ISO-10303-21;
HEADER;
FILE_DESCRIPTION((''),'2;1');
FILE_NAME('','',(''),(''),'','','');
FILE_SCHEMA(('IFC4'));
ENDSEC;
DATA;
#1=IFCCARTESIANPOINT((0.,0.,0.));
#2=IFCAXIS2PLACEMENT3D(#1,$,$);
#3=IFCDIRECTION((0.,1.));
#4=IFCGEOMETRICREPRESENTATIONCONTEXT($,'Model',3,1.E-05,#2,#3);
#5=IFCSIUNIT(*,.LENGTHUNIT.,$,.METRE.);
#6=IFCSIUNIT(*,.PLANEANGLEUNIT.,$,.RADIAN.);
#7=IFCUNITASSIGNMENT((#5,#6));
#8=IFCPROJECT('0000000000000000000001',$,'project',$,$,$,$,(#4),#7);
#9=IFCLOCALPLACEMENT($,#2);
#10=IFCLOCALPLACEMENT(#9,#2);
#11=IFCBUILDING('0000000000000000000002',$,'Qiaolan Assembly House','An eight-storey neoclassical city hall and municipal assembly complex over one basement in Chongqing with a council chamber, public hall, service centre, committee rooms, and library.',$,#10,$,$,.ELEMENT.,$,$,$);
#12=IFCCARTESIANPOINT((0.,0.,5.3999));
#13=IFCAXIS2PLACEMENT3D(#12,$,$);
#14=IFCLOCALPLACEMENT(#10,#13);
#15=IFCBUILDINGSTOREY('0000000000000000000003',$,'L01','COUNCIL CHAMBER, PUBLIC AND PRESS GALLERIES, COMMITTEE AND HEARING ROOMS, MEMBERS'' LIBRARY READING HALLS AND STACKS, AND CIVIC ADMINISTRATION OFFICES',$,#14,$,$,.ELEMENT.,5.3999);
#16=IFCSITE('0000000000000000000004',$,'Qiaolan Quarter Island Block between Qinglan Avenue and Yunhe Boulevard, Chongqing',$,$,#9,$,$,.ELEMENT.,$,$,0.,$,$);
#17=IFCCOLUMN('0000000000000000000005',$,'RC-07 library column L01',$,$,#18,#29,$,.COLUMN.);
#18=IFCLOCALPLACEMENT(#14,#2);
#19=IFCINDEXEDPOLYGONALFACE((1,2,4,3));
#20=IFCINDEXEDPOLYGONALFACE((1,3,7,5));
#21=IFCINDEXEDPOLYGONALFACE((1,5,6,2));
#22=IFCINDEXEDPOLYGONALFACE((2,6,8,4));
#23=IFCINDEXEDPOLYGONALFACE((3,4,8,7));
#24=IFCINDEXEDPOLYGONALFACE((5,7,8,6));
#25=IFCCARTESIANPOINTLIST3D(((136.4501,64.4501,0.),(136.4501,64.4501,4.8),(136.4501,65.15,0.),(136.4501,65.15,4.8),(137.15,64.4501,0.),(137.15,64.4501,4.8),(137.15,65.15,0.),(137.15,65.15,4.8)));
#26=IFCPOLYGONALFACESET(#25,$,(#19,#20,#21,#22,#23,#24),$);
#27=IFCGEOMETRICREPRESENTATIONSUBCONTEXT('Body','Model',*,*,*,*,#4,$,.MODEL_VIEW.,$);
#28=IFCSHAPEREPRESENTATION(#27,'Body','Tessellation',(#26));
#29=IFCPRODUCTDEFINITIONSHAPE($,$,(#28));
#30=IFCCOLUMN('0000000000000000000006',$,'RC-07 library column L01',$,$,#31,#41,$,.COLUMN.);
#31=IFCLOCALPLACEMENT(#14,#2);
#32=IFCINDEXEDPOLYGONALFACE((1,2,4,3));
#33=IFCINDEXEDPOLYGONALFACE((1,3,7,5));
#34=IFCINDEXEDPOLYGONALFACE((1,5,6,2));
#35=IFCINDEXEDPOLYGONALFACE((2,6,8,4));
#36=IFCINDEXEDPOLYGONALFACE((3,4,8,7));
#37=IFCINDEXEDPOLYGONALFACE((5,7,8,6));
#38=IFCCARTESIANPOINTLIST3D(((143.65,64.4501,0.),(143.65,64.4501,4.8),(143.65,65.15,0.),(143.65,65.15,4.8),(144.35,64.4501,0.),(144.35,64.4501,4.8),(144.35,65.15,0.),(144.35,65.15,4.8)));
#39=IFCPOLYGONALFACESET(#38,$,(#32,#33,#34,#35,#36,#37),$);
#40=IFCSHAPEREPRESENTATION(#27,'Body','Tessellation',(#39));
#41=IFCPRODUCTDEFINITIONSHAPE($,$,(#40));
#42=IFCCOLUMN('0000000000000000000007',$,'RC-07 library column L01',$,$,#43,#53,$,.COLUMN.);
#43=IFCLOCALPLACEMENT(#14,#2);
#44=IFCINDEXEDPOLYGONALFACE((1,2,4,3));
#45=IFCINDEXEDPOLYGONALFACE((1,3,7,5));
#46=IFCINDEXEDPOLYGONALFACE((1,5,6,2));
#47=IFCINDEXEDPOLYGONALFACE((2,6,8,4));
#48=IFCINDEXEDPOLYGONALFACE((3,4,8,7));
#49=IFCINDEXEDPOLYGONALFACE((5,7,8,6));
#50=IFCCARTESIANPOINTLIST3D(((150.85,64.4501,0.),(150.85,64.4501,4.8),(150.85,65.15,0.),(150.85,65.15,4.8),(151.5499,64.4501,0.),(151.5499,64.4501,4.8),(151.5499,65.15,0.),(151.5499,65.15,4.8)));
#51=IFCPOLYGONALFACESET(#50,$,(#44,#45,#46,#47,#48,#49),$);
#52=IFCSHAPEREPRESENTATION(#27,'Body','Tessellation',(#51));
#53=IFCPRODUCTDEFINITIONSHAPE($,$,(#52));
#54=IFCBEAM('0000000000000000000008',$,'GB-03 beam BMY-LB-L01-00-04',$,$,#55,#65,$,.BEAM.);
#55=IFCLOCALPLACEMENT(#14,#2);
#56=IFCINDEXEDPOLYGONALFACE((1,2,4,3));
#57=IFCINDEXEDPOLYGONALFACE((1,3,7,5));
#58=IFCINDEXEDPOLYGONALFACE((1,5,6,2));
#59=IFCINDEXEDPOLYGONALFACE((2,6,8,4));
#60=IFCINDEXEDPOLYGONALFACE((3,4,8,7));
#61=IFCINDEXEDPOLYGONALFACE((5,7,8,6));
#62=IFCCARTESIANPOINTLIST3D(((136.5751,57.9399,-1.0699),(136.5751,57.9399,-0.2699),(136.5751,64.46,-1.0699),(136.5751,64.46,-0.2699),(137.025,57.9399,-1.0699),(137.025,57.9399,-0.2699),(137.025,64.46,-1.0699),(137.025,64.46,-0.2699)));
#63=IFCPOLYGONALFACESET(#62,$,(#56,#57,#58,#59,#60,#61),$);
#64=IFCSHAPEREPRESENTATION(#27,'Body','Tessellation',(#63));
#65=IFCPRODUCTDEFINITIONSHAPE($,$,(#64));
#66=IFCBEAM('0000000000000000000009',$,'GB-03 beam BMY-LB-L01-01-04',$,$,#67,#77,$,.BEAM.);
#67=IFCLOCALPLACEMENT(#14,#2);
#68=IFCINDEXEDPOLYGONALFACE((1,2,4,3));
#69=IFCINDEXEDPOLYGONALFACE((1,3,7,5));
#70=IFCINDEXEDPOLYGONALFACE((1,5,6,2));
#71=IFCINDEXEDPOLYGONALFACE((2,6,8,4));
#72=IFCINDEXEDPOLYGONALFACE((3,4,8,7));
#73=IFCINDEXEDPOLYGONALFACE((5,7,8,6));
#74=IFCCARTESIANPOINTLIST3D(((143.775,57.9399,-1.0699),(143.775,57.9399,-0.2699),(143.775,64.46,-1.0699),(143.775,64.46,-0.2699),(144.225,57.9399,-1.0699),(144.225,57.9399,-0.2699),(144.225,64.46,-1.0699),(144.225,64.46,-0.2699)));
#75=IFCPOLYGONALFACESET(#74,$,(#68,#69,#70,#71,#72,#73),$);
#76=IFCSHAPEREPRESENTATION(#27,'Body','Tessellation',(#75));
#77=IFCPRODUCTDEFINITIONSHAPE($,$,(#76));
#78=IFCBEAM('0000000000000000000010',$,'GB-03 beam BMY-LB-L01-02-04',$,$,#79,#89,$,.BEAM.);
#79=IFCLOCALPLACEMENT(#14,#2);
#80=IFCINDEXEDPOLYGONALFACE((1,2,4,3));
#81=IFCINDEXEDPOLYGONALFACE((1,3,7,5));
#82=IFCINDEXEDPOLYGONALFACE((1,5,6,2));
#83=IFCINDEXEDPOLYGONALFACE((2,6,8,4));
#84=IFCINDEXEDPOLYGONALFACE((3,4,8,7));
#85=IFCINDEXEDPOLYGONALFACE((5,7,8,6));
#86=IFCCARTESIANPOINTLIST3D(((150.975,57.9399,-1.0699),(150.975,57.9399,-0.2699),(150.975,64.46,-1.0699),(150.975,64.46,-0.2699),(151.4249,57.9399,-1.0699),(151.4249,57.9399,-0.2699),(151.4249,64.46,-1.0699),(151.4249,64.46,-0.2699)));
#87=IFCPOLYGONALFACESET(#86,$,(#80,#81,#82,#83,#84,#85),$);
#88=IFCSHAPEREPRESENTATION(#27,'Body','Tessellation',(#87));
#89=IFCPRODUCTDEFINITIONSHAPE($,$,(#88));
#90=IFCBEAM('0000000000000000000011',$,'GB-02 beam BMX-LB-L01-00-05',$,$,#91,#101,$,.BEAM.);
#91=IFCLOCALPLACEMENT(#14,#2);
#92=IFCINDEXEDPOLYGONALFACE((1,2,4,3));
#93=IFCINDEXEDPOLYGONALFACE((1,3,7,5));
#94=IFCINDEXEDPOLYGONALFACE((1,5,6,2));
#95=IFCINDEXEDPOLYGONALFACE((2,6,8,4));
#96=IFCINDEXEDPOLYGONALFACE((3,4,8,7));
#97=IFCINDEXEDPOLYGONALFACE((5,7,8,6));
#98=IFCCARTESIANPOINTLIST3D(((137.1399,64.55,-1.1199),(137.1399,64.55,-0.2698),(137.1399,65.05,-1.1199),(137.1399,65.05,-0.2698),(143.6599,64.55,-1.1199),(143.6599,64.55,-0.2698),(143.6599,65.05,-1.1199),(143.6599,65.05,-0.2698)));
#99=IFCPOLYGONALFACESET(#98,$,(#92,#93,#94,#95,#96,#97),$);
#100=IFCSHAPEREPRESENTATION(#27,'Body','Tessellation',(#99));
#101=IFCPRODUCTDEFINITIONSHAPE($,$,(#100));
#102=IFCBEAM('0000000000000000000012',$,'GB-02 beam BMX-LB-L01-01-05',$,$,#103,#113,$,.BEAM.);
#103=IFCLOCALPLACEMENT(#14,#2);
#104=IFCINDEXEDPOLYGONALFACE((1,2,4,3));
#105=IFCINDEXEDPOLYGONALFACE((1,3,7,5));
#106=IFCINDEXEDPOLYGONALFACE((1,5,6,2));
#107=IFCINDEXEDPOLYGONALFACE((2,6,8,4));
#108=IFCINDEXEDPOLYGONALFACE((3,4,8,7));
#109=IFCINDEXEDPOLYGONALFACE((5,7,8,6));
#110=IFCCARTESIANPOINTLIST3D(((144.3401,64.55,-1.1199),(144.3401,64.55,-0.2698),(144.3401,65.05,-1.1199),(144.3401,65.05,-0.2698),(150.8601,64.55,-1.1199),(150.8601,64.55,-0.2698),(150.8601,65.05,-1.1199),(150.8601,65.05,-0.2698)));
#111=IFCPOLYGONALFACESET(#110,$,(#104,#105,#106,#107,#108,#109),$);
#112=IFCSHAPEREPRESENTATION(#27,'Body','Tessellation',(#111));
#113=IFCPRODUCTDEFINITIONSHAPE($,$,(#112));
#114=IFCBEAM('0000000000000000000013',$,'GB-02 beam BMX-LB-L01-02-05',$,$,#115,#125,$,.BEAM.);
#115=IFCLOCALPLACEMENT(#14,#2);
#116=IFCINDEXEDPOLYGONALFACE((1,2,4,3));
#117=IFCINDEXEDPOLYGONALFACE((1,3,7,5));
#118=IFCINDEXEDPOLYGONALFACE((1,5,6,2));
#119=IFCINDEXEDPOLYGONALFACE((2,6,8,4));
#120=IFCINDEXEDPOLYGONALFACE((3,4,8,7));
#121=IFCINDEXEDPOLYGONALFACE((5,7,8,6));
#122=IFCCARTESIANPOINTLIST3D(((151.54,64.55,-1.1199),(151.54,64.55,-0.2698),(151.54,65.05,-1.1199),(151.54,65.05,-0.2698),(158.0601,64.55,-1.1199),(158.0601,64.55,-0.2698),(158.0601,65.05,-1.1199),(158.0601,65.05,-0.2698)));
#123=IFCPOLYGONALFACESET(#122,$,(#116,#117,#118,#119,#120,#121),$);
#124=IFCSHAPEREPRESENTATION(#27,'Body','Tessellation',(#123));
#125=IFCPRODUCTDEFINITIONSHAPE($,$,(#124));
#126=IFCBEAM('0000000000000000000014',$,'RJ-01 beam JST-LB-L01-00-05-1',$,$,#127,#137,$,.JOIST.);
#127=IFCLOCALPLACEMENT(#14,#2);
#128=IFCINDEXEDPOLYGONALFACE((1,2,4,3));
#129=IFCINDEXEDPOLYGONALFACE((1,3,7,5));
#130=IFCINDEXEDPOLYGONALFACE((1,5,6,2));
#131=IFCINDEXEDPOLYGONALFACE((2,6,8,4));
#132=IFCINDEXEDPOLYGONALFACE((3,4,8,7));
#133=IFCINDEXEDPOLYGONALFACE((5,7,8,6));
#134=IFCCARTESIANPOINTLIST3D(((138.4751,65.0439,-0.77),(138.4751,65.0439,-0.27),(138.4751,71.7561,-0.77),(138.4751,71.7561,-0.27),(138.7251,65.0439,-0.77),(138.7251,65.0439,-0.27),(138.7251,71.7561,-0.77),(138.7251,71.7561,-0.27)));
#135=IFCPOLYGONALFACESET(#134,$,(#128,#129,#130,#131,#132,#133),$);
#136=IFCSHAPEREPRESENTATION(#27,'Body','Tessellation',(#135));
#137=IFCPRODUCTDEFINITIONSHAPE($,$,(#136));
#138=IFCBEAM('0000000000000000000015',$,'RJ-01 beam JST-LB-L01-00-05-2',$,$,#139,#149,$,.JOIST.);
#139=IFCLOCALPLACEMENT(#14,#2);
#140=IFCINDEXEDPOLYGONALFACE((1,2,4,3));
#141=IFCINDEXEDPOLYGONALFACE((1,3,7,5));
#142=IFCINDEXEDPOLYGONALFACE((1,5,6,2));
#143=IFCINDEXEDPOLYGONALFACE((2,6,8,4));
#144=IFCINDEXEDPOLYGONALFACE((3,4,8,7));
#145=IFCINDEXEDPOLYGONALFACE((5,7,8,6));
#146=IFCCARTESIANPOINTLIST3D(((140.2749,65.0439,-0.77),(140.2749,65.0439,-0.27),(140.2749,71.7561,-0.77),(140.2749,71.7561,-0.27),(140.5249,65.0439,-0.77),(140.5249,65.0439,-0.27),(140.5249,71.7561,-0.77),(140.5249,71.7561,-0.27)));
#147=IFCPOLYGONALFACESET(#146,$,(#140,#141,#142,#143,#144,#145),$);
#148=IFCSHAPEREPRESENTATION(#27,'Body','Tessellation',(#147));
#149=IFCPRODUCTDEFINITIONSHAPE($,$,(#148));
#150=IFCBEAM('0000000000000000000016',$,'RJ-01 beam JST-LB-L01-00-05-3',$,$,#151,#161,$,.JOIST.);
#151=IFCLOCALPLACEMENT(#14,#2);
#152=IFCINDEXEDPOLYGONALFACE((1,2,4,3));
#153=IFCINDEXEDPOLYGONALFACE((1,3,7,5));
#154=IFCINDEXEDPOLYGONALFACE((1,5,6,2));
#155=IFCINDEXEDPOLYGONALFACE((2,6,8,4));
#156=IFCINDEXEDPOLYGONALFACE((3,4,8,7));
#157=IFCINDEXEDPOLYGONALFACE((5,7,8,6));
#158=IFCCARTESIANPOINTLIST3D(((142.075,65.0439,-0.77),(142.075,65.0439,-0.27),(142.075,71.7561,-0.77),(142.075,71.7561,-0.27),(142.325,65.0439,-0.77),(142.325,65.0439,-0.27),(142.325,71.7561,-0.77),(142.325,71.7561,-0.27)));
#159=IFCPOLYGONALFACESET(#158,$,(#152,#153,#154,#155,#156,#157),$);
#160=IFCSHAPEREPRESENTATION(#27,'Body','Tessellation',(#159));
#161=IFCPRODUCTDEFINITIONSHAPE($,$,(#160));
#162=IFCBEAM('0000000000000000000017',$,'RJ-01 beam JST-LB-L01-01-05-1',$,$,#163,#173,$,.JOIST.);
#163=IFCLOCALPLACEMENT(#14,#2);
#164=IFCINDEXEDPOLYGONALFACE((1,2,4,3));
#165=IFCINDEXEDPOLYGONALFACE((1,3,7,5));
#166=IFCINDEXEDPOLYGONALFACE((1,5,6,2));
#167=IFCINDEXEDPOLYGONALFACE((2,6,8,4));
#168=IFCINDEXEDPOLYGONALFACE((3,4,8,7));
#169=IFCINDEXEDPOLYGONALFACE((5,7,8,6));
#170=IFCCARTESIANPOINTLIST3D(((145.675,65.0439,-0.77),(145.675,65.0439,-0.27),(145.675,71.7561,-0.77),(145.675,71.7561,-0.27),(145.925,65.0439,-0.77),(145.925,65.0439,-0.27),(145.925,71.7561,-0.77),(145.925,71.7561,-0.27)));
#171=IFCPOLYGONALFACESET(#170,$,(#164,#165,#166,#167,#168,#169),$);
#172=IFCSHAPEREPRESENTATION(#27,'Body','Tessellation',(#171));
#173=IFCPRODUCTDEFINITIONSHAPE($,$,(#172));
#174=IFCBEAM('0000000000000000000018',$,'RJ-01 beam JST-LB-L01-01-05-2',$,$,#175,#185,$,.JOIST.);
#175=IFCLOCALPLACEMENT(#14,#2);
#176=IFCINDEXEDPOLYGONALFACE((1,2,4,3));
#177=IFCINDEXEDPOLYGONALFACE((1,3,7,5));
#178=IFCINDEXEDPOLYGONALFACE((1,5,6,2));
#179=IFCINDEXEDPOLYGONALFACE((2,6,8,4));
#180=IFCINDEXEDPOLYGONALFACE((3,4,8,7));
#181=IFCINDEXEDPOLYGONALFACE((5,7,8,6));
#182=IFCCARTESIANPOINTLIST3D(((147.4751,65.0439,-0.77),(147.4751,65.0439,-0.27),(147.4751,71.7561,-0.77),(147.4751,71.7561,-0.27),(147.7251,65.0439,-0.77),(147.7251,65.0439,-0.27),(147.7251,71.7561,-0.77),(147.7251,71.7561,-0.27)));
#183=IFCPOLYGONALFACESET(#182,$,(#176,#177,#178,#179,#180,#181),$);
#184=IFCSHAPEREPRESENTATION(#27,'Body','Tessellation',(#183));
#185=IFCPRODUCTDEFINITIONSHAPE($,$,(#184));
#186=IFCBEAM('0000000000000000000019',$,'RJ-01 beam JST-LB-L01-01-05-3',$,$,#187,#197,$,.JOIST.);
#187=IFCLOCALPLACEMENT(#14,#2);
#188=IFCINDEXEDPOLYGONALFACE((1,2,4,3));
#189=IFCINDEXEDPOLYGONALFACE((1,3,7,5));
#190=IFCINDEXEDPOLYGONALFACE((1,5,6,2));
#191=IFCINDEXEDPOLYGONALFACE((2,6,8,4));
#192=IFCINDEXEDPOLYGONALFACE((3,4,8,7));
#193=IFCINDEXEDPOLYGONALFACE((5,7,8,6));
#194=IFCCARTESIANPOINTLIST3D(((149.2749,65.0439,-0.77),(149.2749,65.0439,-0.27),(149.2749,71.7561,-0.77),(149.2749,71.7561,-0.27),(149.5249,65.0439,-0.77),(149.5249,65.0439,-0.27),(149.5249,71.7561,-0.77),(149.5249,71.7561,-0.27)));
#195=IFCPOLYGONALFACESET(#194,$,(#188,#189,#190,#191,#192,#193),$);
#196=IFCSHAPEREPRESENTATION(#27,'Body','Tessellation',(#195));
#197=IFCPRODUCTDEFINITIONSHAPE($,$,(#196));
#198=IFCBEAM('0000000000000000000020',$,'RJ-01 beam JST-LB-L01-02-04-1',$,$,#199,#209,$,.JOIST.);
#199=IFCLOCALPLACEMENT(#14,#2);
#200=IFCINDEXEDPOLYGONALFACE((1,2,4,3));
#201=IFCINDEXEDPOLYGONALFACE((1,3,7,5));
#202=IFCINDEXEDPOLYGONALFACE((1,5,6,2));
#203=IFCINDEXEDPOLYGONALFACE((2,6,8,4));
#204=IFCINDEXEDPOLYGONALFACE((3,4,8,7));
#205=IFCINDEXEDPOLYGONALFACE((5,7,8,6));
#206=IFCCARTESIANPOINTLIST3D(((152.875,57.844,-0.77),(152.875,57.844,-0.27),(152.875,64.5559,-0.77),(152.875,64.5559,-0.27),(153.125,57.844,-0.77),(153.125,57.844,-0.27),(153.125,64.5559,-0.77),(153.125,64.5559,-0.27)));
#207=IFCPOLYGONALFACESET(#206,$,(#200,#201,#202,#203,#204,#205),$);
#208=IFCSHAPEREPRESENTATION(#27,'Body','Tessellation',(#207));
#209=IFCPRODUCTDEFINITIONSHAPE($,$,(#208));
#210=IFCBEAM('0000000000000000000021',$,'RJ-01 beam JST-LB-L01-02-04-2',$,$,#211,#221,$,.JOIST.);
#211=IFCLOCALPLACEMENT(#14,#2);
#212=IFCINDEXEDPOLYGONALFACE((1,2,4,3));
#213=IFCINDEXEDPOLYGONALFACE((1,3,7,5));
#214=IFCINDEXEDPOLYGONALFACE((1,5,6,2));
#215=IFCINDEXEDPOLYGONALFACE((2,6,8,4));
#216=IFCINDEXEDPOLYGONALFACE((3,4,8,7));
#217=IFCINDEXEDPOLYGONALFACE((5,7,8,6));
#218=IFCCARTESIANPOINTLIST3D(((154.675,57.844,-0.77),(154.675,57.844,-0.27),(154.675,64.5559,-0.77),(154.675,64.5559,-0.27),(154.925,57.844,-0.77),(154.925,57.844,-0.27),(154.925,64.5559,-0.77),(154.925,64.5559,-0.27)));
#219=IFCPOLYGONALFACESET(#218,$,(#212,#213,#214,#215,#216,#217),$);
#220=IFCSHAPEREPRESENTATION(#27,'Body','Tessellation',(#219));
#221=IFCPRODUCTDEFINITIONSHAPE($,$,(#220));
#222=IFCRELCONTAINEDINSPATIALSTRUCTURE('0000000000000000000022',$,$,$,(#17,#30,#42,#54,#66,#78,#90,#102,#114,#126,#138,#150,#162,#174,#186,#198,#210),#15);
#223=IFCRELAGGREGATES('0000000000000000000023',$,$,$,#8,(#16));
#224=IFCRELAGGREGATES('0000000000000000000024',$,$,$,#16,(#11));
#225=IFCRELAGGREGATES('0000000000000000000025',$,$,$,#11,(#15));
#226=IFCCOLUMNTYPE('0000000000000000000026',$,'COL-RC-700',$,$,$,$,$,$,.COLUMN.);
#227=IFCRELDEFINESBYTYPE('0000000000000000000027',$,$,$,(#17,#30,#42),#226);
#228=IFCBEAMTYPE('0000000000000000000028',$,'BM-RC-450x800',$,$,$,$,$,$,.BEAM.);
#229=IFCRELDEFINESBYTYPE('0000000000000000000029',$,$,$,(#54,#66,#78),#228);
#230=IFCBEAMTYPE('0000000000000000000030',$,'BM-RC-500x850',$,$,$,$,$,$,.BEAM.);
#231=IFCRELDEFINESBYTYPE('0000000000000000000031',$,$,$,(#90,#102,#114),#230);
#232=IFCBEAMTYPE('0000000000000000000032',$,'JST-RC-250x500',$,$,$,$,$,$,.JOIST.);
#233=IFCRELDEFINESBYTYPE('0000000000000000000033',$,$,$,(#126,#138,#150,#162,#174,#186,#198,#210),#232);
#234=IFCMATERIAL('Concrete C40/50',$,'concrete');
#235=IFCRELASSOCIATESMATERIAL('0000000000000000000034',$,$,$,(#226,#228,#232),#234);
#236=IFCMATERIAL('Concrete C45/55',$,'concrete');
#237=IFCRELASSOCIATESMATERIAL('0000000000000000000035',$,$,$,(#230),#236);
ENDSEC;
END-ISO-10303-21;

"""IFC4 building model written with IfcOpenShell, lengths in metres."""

from ifc_helpers import new_model, si_unit, direction, frame, origin, origin_2d, place, context, subcontext, project, spatial, rectangle, extrude, material, material_profile, profile_set, type_object, element, save


model = new_model("IFC4")

# Units and contexts
model_context = context("Model", 3, precision=1e-05, world=origin(), true_north=direction((0.0, 1.0)))
body_context = subcontext(model_context, "Body", "Model", "MODEL_VIEW")
ifc_project = project(units=[si_unit("LENGTHUNIT", "METRE"), si_unit("PLANEANGLEUNIT", "RADIAN")], contexts=[model_context])

# Site, building, storey
site_placement = place(None, origin())
site = spatial("IfcSite", under=ifc_project, at=site_placement, Name="Qiaolan Quarter Island Block between Qinglan Avenue and Yunhe Boulevard, Chongqing", CompositionType="ELEMENT", RefElevation=0.0)
building_placement = place(site_placement, origin())
building = spatial("IfcBuilding", under=site, at=building_placement, Name="Qiaolan Assembly House", Description="An eight-storey neoclassical city hall and municipal assembly complex over one basement in Chongqing with a council chamber, public hall, service centre, committee rooms, and library.", CompositionType="ELEMENT")
storey_placement = place(building_placement, frame((0.0, 0.0, 5.3999)))
storey = spatial("IfcBuildingStorey", under=building, at=storey_placement, Name="L01", Description="COUNCIL CHAMBER, PUBLIC AND PRESS GALLERIES, COMMITTEE AND HEARING ROOMS, MEMBERS' LIBRARY READING HALLS AND STACKS, AND CIVIC ADMINISTRATION OFFICES", CompositionType="ELEMENT", Elevation=5.3999)

# Columns
ifc_material_1 = material(Name="Concrete C40/50", Category="concrete")
ifc_material_profile_1 = material_profile(ifc_material_1, rectangle(XDim=0.7, YDim=0.7, at=origin_2d()), Name="RC 700x700")
ifc_profile_set_1 = profile_set([ifc_material_profile_1], Name="Concrete C40/50")
column_type = type_object("IfcColumnType", Name="COL-RC-700", PredefinedType="COLUMN", material=ifc_profile_set_1)
for number, where, z_axis, x_axis, name in (
    (1, (136.8, 64.8, 0.0), (0.0, 0.0, 1.0), (1.0, 0.0, 0.0), "RC-07 library column L01"),
    (2, (144.0, 64.8, 0.0), (0.0, 0.0, 1.0), (1.0, 0.0, 0.0), "RC-07 library column L01"),
    (3, (151.2, 64.8, 0.0), (0.0, 0.0, 1.0), (1.0, 0.0, 0.0), "RC-07 library column L01"),
):
    element("IfcColumn", number, at=place(storey_placement, frame(where, z_axis=z_axis, x_axis=x_axis)), inside=storey, type_object=column_type, Name=name, PredefinedType="COLUMN", context=body_context, shape_type="SweptSolid", body=[
        extrude(rectangle(XDim=0.7, YDim=0.7, at=origin_2d()), origin(), (0.0, 0.0, 1.0), 4.8),
    ])

# Beams
ifc_material_profile_2 = material_profile(ifc_material_1, rectangle(XDim=0.45, YDim=0.8, at=origin_2d()), Name="RCB 450x800")
ifc_profile_set_2 = profile_set([ifc_material_profile_2], Name="Concrete C40/50")
beam_type_1 = type_object("IfcBeamType", Name="BM-RC-450x800", PredefinedType="BEAM", material=ifc_profile_set_2)
for number, where, z_axis, x_axis, name in (
    (4, (136.8, 57.9399, -0.6699), (0.0, 1.0, 0.0), (-1.0, 0.0, 0.0), "GB-03 beam BMY-LB-L01-00-04"),
    (5, (144.0, 57.9399, -0.6699), (0.0, 1.0, 0.0), (-1.0, 0.0, 0.0), "GB-03 beam BMY-LB-L01-01-04"),
    (6, (151.2, 57.9399, -0.6699), (0.0, 1.0, 0.0), (-1.0, 0.0, 0.0), "GB-03 beam BMY-LB-L01-02-04"),
):
    element("IfcBeam", number, at=place(storey_placement, frame(where, z_axis=z_axis, x_axis=x_axis)), inside=storey, type_object=beam_type_1, Name=name, PredefinedType="BEAM", context=body_context, shape_type="SweptSolid", body=[
        extrude(rectangle(XDim=0.45, YDim=0.8, at=origin_2d()), origin(), (0.0, 0.0, 1.0), 6.52),
    ])
ifc_material_2 = material(Name="Concrete C45/55", Category="concrete")
ifc_material_profile_3 = material_profile(ifc_material_2, rectangle(XDim=0.5, YDim=0.8501, at=origin_2d()), Name="RCB 500x850")
ifc_profile_set_3 = profile_set([ifc_material_profile_3], Name="Concrete C45/55")
beam_type_2 = type_object("IfcBeamType", Name="BM-RC-500x850", PredefinedType="BEAM", material=ifc_profile_set_3)
for number, where, z_axis, x_axis, name in (
    (7, (137.1399, 64.8, -0.6948), (1.0, 0.0, 0.0), (0.0, 1.0, 0.0), "GB-02 beam BMX-LB-L01-00-05"),
    (8, (144.3401, 64.8, -0.6948), (1.0, 0.0, 0.0), (0.0, 1.0, 0.0), "GB-02 beam BMX-LB-L01-01-05"),
    (9, (151.54, 64.8, -0.6948), (1.0, 0.0, 0.0), (0.0, 1.0, 0.0), "GB-02 beam BMX-LB-L01-02-05"),
):
    element("IfcBeam", number, at=place(storey_placement, frame(where, z_axis=z_axis, x_axis=x_axis)), inside=storey, type_object=beam_type_2, Name=name, PredefinedType="BEAM", context=body_context, shape_type="SweptSolid", body=[
        extrude(rectangle(XDim=0.5, YDim=0.8501, at=origin_2d()), origin(), (0.0, 0.0, 1.0), 6.52),
    ])
ifc_material_profile_4 = material_profile(ifc_material_1, rectangle(XDim=0.25, YDim=0.5, at=origin_2d()), Name="RCB 250x500")
ifc_profile_set_4 = profile_set([ifc_material_profile_4], Name="Concrete C40/50")
beam_type_3 = type_object("IfcBeamType", Name="JST-RC-250x500", PredefinedType="JOIST", material=ifc_profile_set_4)
for number, where, z_axis, x_axis, name in (
    (10, (138.6001, 65.0439, -0.52), (0.0, 1.0, 0.0), (-1.0, 0.0, 0.0), "RJ-01 beam JST-LB-L01-00-05-1"),
    (11, (140.3999, 65.0439, -0.52), (0.0, 1.0, 0.0), (-1.0, 0.0, 0.0), "RJ-01 beam JST-LB-L01-00-05-2"),
    (12, (142.2, 65.0439, -0.52), (0.0, 1.0, 0.0), (-1.0, 0.0, 0.0), "RJ-01 beam JST-LB-L01-00-05-3"),
    (13, (145.8, 65.0439, -0.52), (0.0, 1.0, 0.0), (-1.0, 0.0, 0.0), "RJ-01 beam JST-LB-L01-01-05-1"),
    (14, (147.6001, 65.0439, -0.52), (0.0, 1.0, 0.0), (-1.0, 0.0, 0.0), "RJ-01 beam JST-LB-L01-01-05-2"),
    (15, (149.3999, 65.0439, -0.52), (0.0, 1.0, 0.0), (-1.0, 0.0, 0.0), "RJ-01 beam JST-LB-L01-01-05-3"),
):
    element("IfcBeam", number, at=place(storey_placement, frame(where, z_axis=z_axis, x_axis=x_axis)), inside=storey, type_object=beam_type_3, Name=name, PredefinedType="JOIST", context=body_context, shape_type="SweptSolid", body=[
        extrude(rectangle(XDim=0.25, YDim=0.5, at=origin_2d()), origin(), (0.0, 0.0, 1.0), 6.7122),
    ])
for number, where, z_axis, x_axis, name in (
    (16, (153.0, 57.844, -0.52), (0.0, 1.0, 0.0), (-1.0, 0.0, 0.0), "RJ-01 beam JST-LB-L01-02-04-1"),
    (17, (154.8, 57.844, -0.52), (0.0, 1.0, 0.0), (-1.0, 0.0, 0.0), "RJ-01 beam JST-LB-L01-02-04-2"),
):
    element("IfcBeam", number, at=place(storey_placement, frame(where, z_axis=z_axis, x_axis=x_axis)), inside=storey, type_object=beam_type_3, Name=name, PredefinedType="JOIST", context=body_context, shape_type="SweptSolid", body=[
        extrude(rectangle(XDim=0.25, YDim=0.5, at=origin_2d()), origin(), (0.0, 0.0, 1.0), 6.7119),
    ])

save(model, "model.ifc")
